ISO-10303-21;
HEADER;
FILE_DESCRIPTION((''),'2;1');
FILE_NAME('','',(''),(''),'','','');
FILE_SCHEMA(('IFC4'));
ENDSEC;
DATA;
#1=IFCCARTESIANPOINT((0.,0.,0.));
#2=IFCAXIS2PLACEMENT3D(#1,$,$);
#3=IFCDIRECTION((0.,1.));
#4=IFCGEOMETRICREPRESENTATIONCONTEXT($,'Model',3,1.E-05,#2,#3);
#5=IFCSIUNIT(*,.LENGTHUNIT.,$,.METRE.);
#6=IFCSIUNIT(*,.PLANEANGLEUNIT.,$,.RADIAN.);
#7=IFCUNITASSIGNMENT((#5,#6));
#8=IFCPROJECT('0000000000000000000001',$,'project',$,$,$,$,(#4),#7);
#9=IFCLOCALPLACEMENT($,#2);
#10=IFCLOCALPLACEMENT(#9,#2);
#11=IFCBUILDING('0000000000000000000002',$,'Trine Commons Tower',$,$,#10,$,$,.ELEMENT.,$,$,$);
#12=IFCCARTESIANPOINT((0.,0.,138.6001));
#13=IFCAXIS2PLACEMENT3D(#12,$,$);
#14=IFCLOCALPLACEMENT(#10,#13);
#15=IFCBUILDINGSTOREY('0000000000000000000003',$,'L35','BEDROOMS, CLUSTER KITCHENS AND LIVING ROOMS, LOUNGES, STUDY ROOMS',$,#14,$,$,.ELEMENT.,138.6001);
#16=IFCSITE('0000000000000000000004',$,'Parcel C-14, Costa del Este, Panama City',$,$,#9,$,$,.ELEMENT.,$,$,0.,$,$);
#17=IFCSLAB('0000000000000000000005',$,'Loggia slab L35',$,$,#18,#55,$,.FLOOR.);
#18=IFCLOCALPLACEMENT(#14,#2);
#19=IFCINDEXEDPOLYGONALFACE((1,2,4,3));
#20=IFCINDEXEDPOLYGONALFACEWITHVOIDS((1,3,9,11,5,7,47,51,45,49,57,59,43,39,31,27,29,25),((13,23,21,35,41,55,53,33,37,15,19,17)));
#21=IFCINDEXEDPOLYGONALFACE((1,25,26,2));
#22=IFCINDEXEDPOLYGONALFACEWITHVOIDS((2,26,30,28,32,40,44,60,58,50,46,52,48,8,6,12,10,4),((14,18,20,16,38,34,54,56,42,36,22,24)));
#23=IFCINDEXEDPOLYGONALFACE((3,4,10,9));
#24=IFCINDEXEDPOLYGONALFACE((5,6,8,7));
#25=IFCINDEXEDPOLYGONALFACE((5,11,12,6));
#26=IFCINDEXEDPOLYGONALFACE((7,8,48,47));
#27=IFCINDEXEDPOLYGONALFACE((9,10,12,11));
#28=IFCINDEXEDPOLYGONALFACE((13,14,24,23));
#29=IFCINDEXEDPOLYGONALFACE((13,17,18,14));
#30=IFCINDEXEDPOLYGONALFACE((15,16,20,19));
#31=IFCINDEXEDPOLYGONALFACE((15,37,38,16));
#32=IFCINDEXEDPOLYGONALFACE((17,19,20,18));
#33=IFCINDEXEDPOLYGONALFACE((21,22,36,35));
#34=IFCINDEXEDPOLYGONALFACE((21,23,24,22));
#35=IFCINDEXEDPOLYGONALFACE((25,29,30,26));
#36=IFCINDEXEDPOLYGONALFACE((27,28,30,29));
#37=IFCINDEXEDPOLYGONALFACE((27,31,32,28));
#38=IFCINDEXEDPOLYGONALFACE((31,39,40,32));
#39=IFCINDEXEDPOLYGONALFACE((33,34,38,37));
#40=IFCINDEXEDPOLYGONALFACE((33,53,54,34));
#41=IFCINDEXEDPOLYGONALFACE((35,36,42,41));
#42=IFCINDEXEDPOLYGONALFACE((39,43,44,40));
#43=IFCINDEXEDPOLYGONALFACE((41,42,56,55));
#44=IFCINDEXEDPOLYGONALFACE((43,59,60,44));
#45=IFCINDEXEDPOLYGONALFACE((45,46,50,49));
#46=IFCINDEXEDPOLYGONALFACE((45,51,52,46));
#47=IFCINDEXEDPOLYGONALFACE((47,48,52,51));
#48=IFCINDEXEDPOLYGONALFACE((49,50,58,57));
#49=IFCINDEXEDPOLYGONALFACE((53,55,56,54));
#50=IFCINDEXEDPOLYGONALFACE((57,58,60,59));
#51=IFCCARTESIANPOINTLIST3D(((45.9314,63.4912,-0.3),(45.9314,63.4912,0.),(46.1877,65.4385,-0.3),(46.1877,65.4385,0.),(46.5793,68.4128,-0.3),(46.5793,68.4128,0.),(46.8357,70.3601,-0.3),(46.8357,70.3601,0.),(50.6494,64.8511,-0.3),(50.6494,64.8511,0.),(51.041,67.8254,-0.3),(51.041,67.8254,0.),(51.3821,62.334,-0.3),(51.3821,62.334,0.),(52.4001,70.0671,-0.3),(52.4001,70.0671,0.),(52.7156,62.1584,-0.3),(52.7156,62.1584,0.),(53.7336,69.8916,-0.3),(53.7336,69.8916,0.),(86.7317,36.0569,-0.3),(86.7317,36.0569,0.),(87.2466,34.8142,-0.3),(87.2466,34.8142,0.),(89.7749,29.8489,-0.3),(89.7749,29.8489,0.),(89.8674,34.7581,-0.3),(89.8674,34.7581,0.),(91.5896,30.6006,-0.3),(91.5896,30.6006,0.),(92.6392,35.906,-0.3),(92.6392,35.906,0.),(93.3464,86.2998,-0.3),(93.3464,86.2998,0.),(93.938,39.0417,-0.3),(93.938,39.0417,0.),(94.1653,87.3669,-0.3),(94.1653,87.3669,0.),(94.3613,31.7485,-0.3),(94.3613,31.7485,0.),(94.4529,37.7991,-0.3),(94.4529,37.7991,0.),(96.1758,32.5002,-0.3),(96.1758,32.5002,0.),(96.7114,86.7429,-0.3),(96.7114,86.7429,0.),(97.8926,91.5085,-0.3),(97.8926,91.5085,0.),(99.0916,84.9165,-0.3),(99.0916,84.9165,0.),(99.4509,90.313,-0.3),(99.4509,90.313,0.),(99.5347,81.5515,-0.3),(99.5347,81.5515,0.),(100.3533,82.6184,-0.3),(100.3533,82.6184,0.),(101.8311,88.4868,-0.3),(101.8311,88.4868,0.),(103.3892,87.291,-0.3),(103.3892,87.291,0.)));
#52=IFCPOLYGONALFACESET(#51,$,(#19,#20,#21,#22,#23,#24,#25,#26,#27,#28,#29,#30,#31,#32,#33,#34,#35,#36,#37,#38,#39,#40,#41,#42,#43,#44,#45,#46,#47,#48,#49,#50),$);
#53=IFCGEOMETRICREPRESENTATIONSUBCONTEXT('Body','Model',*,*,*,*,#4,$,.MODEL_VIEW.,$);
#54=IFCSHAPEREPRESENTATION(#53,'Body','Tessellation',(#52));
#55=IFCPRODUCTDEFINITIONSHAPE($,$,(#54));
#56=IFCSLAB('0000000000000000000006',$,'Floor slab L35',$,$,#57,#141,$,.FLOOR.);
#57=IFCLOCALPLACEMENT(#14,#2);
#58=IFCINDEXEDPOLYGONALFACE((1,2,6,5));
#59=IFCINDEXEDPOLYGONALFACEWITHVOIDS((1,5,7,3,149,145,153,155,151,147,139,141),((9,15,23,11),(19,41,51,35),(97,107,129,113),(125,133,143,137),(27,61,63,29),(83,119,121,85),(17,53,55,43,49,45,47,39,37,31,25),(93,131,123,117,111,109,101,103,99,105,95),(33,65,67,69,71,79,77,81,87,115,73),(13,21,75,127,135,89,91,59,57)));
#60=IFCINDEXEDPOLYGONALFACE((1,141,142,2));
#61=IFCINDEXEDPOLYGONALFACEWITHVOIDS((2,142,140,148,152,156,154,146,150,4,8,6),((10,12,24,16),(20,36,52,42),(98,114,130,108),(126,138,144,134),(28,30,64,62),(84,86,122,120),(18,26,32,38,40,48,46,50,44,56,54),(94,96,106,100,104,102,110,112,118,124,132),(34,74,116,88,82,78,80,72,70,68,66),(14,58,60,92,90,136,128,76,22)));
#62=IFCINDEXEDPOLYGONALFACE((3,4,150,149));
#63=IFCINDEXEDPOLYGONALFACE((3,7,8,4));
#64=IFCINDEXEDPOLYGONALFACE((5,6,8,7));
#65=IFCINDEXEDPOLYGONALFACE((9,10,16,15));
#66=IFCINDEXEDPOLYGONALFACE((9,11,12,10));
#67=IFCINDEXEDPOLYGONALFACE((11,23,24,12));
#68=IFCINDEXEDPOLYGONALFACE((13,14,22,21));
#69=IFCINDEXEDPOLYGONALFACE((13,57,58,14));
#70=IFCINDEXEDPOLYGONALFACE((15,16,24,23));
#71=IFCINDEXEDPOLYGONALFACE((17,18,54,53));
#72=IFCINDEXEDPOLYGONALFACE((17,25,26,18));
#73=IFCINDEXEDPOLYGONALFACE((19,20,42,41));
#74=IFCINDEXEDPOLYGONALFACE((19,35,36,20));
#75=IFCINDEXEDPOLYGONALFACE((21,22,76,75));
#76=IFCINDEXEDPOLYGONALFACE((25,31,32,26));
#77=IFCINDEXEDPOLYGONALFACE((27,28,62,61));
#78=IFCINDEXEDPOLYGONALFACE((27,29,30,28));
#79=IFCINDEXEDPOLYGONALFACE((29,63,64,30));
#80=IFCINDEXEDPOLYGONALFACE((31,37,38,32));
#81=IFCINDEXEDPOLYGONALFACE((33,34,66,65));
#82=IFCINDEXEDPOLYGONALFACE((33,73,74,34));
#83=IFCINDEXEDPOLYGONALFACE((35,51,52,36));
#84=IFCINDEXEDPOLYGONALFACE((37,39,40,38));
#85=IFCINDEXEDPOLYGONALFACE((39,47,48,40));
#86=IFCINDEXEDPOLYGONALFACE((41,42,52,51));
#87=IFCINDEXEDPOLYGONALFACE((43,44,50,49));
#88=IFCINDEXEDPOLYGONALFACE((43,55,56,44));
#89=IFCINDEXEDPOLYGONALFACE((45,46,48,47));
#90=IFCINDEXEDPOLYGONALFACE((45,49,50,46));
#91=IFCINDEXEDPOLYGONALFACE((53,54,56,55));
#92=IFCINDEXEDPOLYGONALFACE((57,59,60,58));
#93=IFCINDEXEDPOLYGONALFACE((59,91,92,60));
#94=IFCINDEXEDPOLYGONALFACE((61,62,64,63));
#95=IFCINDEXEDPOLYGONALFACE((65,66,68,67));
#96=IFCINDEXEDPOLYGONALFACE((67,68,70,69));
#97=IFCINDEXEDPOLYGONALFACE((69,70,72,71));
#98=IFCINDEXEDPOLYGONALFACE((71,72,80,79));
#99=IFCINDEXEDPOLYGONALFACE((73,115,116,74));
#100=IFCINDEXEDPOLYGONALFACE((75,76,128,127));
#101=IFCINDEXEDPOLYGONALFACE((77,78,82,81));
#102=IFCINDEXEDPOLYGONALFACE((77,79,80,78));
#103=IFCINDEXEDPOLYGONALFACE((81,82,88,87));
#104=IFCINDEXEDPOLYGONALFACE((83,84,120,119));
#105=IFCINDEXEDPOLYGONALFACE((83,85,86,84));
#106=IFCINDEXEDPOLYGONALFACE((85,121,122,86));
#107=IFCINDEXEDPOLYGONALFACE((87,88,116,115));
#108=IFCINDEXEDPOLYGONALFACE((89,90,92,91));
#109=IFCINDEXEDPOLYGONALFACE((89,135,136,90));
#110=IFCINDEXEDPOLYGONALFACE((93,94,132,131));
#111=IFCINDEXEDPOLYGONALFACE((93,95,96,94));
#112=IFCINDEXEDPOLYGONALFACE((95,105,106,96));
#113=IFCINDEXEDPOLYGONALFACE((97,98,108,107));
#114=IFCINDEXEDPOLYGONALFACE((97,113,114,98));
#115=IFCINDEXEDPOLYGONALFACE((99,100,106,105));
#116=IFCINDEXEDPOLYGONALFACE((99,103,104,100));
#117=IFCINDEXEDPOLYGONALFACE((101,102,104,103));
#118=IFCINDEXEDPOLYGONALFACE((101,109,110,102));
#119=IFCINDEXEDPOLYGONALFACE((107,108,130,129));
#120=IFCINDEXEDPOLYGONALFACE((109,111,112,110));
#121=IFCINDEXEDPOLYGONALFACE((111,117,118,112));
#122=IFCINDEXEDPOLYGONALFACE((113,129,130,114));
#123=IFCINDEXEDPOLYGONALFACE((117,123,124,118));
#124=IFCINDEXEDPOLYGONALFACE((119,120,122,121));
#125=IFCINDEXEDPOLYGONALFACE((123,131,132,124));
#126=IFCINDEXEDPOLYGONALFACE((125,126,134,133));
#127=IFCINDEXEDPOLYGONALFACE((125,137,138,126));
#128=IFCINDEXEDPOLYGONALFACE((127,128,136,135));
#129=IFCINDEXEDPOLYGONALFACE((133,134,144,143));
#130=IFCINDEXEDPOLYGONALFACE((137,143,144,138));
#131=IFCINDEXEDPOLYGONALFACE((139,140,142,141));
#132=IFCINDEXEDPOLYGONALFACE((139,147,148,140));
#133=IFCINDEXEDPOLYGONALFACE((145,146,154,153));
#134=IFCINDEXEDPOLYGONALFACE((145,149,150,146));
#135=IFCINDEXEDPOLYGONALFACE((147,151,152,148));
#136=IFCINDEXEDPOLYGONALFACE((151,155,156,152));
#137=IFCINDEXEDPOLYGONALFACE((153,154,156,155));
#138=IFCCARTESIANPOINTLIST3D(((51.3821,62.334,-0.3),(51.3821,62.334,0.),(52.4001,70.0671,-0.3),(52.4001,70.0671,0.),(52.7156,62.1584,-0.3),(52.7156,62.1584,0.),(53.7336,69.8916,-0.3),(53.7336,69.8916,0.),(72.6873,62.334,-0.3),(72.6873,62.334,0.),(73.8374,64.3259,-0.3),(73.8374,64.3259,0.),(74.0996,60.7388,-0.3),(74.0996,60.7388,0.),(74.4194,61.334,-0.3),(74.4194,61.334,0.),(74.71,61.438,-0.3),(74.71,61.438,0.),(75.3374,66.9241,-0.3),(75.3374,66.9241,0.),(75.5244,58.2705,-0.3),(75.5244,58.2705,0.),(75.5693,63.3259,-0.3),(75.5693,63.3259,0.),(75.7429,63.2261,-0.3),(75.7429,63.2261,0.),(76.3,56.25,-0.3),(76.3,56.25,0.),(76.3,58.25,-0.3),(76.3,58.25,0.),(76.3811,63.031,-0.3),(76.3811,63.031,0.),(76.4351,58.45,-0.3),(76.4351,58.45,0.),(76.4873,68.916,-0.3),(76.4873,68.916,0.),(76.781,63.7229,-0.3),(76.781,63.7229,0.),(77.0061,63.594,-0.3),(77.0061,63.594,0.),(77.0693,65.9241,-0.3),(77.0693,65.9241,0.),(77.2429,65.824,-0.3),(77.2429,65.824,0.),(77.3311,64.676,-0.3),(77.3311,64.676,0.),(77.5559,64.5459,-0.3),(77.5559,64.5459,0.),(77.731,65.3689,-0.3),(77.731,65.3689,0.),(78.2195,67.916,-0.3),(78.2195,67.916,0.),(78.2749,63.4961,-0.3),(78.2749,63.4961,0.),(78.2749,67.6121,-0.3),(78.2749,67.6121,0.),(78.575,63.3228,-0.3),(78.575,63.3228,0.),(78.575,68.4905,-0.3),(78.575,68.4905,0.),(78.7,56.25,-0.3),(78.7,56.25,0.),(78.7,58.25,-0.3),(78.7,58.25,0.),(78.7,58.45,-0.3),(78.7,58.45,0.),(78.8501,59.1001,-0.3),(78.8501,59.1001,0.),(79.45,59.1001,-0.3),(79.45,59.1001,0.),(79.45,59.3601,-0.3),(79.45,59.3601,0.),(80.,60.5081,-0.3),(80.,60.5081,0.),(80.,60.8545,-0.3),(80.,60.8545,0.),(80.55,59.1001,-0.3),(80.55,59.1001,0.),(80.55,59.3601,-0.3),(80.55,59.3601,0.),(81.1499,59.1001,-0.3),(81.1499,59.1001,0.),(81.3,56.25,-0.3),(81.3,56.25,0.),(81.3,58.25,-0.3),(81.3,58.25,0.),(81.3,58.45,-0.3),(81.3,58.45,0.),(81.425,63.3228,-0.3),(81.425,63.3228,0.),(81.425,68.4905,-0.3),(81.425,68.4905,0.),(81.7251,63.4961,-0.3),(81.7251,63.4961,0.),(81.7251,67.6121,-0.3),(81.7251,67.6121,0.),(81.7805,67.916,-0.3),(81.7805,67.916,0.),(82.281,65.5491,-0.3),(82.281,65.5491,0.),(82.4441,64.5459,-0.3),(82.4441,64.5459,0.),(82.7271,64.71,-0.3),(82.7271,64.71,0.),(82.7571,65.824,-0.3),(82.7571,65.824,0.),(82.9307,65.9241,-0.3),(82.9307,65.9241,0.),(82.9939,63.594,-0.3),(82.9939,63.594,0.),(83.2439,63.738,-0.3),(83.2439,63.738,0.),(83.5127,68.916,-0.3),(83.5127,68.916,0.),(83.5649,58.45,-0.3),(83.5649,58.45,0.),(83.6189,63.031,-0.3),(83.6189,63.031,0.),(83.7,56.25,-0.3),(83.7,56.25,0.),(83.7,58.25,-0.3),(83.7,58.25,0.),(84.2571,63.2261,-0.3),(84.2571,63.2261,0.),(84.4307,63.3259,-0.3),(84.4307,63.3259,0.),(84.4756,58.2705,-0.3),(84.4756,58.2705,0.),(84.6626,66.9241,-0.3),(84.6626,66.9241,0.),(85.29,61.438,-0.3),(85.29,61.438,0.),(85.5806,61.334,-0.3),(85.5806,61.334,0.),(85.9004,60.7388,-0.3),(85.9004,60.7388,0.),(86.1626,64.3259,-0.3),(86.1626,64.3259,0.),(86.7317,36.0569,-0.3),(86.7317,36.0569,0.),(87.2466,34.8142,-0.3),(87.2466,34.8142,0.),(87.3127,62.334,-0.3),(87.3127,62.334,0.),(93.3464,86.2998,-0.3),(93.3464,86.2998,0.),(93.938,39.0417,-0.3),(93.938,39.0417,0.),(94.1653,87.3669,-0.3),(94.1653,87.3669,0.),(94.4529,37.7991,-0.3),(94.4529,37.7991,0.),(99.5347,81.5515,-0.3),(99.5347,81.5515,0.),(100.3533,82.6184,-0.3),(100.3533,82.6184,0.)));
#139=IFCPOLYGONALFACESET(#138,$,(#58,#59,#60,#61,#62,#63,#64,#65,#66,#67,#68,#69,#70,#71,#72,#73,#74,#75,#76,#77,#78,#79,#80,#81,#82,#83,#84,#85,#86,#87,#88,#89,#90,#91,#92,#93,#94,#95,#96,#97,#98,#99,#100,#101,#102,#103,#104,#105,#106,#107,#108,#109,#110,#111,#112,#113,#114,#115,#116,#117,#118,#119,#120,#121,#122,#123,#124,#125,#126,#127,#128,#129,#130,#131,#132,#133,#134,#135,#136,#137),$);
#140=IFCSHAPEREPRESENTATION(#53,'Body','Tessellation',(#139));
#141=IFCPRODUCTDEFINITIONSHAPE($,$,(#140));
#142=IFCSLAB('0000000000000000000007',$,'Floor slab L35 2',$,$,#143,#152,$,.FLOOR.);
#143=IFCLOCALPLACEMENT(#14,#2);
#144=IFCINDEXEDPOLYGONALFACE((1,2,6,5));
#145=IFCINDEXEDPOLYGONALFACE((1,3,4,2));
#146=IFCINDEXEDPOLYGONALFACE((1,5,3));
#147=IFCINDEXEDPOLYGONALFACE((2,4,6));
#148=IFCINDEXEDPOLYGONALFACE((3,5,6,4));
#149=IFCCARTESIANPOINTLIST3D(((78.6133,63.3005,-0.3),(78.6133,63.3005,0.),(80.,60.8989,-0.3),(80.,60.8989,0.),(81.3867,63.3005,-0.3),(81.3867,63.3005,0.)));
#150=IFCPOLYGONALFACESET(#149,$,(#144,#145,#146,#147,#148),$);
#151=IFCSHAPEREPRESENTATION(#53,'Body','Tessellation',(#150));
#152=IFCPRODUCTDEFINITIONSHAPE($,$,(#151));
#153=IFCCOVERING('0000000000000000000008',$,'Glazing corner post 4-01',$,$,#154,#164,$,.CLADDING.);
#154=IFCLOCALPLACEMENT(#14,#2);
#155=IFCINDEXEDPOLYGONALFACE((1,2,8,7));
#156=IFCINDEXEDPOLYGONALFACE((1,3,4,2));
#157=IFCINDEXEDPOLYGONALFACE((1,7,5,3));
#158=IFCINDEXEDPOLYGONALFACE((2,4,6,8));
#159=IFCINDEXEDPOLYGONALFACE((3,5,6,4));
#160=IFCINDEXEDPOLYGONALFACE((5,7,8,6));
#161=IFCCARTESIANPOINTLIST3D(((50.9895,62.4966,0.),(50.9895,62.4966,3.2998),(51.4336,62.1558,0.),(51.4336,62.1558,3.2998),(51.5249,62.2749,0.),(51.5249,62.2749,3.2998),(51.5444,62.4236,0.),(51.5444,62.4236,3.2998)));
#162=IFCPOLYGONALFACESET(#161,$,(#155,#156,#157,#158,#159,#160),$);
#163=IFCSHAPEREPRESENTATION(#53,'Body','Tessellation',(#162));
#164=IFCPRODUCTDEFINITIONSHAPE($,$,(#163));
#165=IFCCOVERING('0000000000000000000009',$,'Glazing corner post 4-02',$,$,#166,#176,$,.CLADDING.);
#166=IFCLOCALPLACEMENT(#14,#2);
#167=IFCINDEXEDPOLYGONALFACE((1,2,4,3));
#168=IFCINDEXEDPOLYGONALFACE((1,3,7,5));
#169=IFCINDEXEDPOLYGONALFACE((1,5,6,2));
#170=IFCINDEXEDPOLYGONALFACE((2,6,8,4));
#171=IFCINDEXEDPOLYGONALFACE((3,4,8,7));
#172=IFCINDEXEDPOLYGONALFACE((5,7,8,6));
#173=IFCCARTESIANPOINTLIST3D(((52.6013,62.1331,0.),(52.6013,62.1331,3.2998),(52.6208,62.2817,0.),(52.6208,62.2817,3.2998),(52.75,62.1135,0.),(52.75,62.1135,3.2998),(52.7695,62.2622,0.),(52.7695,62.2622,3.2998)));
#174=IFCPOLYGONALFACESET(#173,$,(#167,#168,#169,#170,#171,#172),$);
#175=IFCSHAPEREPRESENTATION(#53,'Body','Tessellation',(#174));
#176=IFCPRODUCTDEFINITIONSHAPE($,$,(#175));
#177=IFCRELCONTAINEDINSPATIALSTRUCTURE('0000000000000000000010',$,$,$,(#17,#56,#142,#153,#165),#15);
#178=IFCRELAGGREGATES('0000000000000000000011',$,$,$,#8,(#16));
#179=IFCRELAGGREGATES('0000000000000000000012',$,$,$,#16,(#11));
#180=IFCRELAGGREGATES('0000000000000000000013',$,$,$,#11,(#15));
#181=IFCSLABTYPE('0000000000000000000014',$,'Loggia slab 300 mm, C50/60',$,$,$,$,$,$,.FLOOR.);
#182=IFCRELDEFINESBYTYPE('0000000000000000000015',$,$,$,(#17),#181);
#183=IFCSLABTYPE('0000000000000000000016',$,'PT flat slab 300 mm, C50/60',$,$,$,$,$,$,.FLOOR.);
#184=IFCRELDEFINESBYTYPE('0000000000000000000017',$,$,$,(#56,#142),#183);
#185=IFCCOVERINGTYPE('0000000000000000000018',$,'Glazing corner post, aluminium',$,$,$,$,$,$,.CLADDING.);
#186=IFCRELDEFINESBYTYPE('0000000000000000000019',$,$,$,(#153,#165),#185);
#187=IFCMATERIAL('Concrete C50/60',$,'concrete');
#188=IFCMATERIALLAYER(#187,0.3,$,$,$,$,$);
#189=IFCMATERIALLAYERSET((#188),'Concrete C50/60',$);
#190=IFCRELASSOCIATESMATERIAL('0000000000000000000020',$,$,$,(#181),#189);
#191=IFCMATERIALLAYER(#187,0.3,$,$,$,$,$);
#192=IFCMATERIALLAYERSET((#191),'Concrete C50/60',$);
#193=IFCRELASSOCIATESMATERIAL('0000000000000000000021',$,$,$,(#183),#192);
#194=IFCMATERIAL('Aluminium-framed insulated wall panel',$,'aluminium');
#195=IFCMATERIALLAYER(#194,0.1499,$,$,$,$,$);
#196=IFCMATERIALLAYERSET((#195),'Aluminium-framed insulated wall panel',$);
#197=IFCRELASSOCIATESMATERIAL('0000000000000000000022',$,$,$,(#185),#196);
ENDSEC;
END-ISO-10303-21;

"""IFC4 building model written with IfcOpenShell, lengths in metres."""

from ifc_helpers import new_model, si_unit, direction, frame, origin, place, context, subcontext, project, spatial, polyline, outline, extrude, material, layer, layer_set, type_object, element, save


model = new_model("IFC4")

# Units and contexts
model_context = context("Model", 3, precision=1e-05, world=origin(), true_north=direction((0.0, 1.0)))
body_context = subcontext(model_context, "Body", "Model", "MODEL_VIEW")
ifc_project = project(units=[si_unit("LENGTHUNIT", "METRE"), si_unit("PLANEANGLEUNIT", "RADIAN")], contexts=[model_context])

# Site, building, storey
site_placement = place(None, origin())
site = spatial("IfcSite", under=ifc_project, at=site_placement, Name="Parcel C-14, Costa del Este, Panama City", CompositionType="ELEMENT", RefElevation=0.0)
building_placement = place(site_placement, origin())
building = spatial("IfcBuilding", under=site, at=building_placement, Name="Trine Commons Tower", CompositionType="ELEMENT")
storey_placement = place(building_placement, frame((0.0, 0.0, 138.6001)))
storey = spatial("IfcBuildingStorey", under=building, at=storey_placement, Name="L35", Description="BEDROOMS, CLUSTER KITCHENS AND LIVING ROOMS, LOUNGES, STUDY ROOMS", CompositionType="ELEMENT", Elevation=138.6001)

# Slabs
ifc_material_1 = material(Name="Concrete C50/60", Category="concrete")
ifc_layer_1 = layer(ifc_material_1, 0.3)
ifc_layer_set_1 = layer_set([ifc_layer_1], Name="Concrete C50/60")
slab_type_1 = type_object("IfcSlabType", Name="Loggia slab 300 mm, C50/60", PredefinedType="FLOOR", material=ifc_layer_set_1)
slab_1_placement = place(storey_placement, frame((0.0, 0.0, -0.3)))
element("IfcSlab", 1, at=slab_1_placement, inside=storey, type_object=slab_type_1, Name="Loggia slab L35", PredefinedType="FLOOR", context=body_context, shape_type="SweptSolid", body=[
    extrude(outline(polyline([(96.1758, 32.5002), (103.3892, 87.291), (101.8311, 88.4868), (99.0916, 84.9165), (96.7114, 86.7429), (99.4509, 90.313), (97.8926, 91.5085), (46.8357, 70.3601), (46.5793, 68.4128), (51.041, 67.8254), (50.6494, 64.8511), (46.1877, 65.4385), (45.9314, 63.4912), (89.7749, 29.8489), (91.5896, 30.6006), (89.8674, 34.7581), (92.6392, 35.906), (94.3613, 31.7485), (96.1758, 32.5002)]), holes=[polyline([(87.2466, 34.8142), (86.7317, 36.0569), (93.938, 39.0417), (94.4529, 37.7991), (100.3533, 82.6184), (99.5347, 81.5515), (93.3464, 86.2998), (94.1653, 87.3669), (52.4001, 70.0671), (53.7336, 69.8916), (52.7156, 62.1584), (51.3821, 62.334), (87.2466, 34.8142)])]), origin(), (0.0, 0.0, 1.0), 0.3),
])
ifc_layer_2 = layer(ifc_material_1, 0.3)
ifc_layer_set_2 = layer_set([ifc_layer_2], Name="Concrete C50/60")
slab_type_2 = type_object("IfcSlabType", Name="PT flat slab 300 mm, C50/60", PredefinedType="FLOOR", material=ifc_layer_set_2)
slab_2_placement = place(storey_placement, frame((0.0, 0.0, -0.3)))
element("IfcSlab", 2, at=slab_2_placement, inside=storey, type_object=slab_type_2, Name="Floor slab L35", PredefinedType="FLOOR", context=body_context, shape_type="SweptSolid", body=[
    extrude(outline(polyline([(51.3821, 62.334), (87.2466, 34.8142), (86.7317, 36.0569), (93.938, 39.0417), (94.4529, 37.7991), (100.3533, 82.6184), (99.5347, 81.5515), (93.3464, 86.2998), (94.1653, 87.3669), (52.4001, 70.0671), (53.7336, 69.8916), (52.7156, 62.1584), (51.3821, 62.334)]), holes=[polyline([(78.7, 56.25), (78.7, 58.25), (76.3, 58.25), (76.3, 56.25), (78.7, 56.25)]), polyline([(80.0, 60.8545), (84.4756, 58.2705), (85.9004, 60.7388), (81.425, 63.3228), (81.425, 68.4905), (78.575, 68.4905), (78.575, 63.3228), (74.0996, 60.7388), (75.5244, 58.2705), (80.0, 60.8545)]), polyline([(73.8374, 64.3259), (72.6873, 62.334), (74.4194, 61.334), (75.5693, 63.3259), (73.8374, 64.3259)]), polyline([(76.3811, 63.031), (75.7429, 63.2261), (74.71, 61.438), (78.2749, 63.4961), (78.2749, 67.6121), (77.2429, 65.824), (77.731, 65.3689), (77.3311, 64.676), (77.5559, 64.5459), (77.0061, 63.594), (76.781, 63.7229), (76.3811, 63.031)]), polyline([(76.4873, 68.916), (75.3374, 66.9241), (77.0693, 65.9241), (78.2195, 67.916), (76.4873, 68.916)]), polyline([(83.7, 56.25), (83.7, 58.25), (81.3, 58.25), (81.3, 56.25), (83.7, 56.25)]), polyline([(81.1499, 59.1001), (81.3, 58.45), (83.5649, 58.45), (80.0, 60.5081), (76.4351, 58.45), (78.7, 58.45), (78.8501, 59.1001), (79.45, 59.1001), (79.45, 59.3601), (80.55, 59.3601), (80.55, 59.1001), (81.1499, 59.1001)]), polyline([(86.1626, 64.3259), (84.4307, 63.3259), (85.5806, 61.334), (87.3127, 62.334), (86.1626, 64.3259)]), polyline([(83.2439, 63.738), (82.9939, 63.594), (82.4441, 64.5459), (82.7271, 64.71), (82.281, 65.5491), (82.7571, 65.824), (81.7251, 67.6121), (81.7251, 63.4961), (85.29, 61.438), (84.2571, 63.2261), (83.6189, 63.031), (83.2439, 63.738)]), polyline([(84.6626, 66.9241), (83.5127, 68.916), (81.7805, 67.916), (82.9307, 65.9241), (84.6626, 66.9241)])]), origin(), (0.0, 0.0, 1.0), 0.3),
])
slab_3_placement = place(storey_placement, frame((0.0, 0.0, -0.3)))
element("IfcSlab", 3, at=slab_3_placement, inside=storey, type_object=slab_type_2, Name="Floor slab L35 2", PredefinedType="FLOOR", context=body_context, shape_type="SweptSolid", body=[
    extrude(outline(polyline([(78.6133, 63.3005), (80.0, 60.8989), (81.3867, 63.3005), (78.6133, 63.3005)])), origin(), (0.0, 0.0, 1.0), 0.3),
])

# Coverings
ifc_material_2 = material(Name="Aluminium-framed insulated wall panel", Category="aluminium")
ifc_layer_3 = layer(ifc_material_2, 0.1499)
ifc_layer_set_3 = layer_set([ifc_layer_3], Name="Aluminium-framed insulated wall panel")
covering_type_1 = type_object("IfcCoveringType", Name="Glazing corner post, aluminium", PredefinedType="CLADDING", material=ifc_layer_set_3)
covering_1_placement = place(storey_placement, origin())
element("IfcCovering", 4, at=covering_1_placement, inside=storey, type_object=covering_type_1, Name="Glazing corner post 4-01", PredefinedType="CLADDING", context=body_context, shape_type="SweptSolid", body=[
    extrude(outline(polyline([(51.4336, 62.1558), (51.5249, 62.2749), (51.5444, 62.4236), (50.9895, 62.4966), (51.4336, 62.1558)])), origin(), (0.0, 0.0, 1.0), 3.2998),
])
covering_2_placement = place(storey_placement, origin())
element("IfcCovering", 5, at=covering_2_placement, inside=storey, type_object=covering_type_1, Name="Glazing corner post 4-02", PredefinedType="CLADDING", context=body_context, shape_type="SweptSolid", body=[
    extrude(outline(polyline([(52.6013, 62.1331), (52.75, 62.1135), (52.7695, 62.2622), (52.6208, 62.2817), (52.6013, 62.1331)])), origin(), (0.0, 0.0, 1.0), 3.2998),
])

save(model, "model.ifc")
